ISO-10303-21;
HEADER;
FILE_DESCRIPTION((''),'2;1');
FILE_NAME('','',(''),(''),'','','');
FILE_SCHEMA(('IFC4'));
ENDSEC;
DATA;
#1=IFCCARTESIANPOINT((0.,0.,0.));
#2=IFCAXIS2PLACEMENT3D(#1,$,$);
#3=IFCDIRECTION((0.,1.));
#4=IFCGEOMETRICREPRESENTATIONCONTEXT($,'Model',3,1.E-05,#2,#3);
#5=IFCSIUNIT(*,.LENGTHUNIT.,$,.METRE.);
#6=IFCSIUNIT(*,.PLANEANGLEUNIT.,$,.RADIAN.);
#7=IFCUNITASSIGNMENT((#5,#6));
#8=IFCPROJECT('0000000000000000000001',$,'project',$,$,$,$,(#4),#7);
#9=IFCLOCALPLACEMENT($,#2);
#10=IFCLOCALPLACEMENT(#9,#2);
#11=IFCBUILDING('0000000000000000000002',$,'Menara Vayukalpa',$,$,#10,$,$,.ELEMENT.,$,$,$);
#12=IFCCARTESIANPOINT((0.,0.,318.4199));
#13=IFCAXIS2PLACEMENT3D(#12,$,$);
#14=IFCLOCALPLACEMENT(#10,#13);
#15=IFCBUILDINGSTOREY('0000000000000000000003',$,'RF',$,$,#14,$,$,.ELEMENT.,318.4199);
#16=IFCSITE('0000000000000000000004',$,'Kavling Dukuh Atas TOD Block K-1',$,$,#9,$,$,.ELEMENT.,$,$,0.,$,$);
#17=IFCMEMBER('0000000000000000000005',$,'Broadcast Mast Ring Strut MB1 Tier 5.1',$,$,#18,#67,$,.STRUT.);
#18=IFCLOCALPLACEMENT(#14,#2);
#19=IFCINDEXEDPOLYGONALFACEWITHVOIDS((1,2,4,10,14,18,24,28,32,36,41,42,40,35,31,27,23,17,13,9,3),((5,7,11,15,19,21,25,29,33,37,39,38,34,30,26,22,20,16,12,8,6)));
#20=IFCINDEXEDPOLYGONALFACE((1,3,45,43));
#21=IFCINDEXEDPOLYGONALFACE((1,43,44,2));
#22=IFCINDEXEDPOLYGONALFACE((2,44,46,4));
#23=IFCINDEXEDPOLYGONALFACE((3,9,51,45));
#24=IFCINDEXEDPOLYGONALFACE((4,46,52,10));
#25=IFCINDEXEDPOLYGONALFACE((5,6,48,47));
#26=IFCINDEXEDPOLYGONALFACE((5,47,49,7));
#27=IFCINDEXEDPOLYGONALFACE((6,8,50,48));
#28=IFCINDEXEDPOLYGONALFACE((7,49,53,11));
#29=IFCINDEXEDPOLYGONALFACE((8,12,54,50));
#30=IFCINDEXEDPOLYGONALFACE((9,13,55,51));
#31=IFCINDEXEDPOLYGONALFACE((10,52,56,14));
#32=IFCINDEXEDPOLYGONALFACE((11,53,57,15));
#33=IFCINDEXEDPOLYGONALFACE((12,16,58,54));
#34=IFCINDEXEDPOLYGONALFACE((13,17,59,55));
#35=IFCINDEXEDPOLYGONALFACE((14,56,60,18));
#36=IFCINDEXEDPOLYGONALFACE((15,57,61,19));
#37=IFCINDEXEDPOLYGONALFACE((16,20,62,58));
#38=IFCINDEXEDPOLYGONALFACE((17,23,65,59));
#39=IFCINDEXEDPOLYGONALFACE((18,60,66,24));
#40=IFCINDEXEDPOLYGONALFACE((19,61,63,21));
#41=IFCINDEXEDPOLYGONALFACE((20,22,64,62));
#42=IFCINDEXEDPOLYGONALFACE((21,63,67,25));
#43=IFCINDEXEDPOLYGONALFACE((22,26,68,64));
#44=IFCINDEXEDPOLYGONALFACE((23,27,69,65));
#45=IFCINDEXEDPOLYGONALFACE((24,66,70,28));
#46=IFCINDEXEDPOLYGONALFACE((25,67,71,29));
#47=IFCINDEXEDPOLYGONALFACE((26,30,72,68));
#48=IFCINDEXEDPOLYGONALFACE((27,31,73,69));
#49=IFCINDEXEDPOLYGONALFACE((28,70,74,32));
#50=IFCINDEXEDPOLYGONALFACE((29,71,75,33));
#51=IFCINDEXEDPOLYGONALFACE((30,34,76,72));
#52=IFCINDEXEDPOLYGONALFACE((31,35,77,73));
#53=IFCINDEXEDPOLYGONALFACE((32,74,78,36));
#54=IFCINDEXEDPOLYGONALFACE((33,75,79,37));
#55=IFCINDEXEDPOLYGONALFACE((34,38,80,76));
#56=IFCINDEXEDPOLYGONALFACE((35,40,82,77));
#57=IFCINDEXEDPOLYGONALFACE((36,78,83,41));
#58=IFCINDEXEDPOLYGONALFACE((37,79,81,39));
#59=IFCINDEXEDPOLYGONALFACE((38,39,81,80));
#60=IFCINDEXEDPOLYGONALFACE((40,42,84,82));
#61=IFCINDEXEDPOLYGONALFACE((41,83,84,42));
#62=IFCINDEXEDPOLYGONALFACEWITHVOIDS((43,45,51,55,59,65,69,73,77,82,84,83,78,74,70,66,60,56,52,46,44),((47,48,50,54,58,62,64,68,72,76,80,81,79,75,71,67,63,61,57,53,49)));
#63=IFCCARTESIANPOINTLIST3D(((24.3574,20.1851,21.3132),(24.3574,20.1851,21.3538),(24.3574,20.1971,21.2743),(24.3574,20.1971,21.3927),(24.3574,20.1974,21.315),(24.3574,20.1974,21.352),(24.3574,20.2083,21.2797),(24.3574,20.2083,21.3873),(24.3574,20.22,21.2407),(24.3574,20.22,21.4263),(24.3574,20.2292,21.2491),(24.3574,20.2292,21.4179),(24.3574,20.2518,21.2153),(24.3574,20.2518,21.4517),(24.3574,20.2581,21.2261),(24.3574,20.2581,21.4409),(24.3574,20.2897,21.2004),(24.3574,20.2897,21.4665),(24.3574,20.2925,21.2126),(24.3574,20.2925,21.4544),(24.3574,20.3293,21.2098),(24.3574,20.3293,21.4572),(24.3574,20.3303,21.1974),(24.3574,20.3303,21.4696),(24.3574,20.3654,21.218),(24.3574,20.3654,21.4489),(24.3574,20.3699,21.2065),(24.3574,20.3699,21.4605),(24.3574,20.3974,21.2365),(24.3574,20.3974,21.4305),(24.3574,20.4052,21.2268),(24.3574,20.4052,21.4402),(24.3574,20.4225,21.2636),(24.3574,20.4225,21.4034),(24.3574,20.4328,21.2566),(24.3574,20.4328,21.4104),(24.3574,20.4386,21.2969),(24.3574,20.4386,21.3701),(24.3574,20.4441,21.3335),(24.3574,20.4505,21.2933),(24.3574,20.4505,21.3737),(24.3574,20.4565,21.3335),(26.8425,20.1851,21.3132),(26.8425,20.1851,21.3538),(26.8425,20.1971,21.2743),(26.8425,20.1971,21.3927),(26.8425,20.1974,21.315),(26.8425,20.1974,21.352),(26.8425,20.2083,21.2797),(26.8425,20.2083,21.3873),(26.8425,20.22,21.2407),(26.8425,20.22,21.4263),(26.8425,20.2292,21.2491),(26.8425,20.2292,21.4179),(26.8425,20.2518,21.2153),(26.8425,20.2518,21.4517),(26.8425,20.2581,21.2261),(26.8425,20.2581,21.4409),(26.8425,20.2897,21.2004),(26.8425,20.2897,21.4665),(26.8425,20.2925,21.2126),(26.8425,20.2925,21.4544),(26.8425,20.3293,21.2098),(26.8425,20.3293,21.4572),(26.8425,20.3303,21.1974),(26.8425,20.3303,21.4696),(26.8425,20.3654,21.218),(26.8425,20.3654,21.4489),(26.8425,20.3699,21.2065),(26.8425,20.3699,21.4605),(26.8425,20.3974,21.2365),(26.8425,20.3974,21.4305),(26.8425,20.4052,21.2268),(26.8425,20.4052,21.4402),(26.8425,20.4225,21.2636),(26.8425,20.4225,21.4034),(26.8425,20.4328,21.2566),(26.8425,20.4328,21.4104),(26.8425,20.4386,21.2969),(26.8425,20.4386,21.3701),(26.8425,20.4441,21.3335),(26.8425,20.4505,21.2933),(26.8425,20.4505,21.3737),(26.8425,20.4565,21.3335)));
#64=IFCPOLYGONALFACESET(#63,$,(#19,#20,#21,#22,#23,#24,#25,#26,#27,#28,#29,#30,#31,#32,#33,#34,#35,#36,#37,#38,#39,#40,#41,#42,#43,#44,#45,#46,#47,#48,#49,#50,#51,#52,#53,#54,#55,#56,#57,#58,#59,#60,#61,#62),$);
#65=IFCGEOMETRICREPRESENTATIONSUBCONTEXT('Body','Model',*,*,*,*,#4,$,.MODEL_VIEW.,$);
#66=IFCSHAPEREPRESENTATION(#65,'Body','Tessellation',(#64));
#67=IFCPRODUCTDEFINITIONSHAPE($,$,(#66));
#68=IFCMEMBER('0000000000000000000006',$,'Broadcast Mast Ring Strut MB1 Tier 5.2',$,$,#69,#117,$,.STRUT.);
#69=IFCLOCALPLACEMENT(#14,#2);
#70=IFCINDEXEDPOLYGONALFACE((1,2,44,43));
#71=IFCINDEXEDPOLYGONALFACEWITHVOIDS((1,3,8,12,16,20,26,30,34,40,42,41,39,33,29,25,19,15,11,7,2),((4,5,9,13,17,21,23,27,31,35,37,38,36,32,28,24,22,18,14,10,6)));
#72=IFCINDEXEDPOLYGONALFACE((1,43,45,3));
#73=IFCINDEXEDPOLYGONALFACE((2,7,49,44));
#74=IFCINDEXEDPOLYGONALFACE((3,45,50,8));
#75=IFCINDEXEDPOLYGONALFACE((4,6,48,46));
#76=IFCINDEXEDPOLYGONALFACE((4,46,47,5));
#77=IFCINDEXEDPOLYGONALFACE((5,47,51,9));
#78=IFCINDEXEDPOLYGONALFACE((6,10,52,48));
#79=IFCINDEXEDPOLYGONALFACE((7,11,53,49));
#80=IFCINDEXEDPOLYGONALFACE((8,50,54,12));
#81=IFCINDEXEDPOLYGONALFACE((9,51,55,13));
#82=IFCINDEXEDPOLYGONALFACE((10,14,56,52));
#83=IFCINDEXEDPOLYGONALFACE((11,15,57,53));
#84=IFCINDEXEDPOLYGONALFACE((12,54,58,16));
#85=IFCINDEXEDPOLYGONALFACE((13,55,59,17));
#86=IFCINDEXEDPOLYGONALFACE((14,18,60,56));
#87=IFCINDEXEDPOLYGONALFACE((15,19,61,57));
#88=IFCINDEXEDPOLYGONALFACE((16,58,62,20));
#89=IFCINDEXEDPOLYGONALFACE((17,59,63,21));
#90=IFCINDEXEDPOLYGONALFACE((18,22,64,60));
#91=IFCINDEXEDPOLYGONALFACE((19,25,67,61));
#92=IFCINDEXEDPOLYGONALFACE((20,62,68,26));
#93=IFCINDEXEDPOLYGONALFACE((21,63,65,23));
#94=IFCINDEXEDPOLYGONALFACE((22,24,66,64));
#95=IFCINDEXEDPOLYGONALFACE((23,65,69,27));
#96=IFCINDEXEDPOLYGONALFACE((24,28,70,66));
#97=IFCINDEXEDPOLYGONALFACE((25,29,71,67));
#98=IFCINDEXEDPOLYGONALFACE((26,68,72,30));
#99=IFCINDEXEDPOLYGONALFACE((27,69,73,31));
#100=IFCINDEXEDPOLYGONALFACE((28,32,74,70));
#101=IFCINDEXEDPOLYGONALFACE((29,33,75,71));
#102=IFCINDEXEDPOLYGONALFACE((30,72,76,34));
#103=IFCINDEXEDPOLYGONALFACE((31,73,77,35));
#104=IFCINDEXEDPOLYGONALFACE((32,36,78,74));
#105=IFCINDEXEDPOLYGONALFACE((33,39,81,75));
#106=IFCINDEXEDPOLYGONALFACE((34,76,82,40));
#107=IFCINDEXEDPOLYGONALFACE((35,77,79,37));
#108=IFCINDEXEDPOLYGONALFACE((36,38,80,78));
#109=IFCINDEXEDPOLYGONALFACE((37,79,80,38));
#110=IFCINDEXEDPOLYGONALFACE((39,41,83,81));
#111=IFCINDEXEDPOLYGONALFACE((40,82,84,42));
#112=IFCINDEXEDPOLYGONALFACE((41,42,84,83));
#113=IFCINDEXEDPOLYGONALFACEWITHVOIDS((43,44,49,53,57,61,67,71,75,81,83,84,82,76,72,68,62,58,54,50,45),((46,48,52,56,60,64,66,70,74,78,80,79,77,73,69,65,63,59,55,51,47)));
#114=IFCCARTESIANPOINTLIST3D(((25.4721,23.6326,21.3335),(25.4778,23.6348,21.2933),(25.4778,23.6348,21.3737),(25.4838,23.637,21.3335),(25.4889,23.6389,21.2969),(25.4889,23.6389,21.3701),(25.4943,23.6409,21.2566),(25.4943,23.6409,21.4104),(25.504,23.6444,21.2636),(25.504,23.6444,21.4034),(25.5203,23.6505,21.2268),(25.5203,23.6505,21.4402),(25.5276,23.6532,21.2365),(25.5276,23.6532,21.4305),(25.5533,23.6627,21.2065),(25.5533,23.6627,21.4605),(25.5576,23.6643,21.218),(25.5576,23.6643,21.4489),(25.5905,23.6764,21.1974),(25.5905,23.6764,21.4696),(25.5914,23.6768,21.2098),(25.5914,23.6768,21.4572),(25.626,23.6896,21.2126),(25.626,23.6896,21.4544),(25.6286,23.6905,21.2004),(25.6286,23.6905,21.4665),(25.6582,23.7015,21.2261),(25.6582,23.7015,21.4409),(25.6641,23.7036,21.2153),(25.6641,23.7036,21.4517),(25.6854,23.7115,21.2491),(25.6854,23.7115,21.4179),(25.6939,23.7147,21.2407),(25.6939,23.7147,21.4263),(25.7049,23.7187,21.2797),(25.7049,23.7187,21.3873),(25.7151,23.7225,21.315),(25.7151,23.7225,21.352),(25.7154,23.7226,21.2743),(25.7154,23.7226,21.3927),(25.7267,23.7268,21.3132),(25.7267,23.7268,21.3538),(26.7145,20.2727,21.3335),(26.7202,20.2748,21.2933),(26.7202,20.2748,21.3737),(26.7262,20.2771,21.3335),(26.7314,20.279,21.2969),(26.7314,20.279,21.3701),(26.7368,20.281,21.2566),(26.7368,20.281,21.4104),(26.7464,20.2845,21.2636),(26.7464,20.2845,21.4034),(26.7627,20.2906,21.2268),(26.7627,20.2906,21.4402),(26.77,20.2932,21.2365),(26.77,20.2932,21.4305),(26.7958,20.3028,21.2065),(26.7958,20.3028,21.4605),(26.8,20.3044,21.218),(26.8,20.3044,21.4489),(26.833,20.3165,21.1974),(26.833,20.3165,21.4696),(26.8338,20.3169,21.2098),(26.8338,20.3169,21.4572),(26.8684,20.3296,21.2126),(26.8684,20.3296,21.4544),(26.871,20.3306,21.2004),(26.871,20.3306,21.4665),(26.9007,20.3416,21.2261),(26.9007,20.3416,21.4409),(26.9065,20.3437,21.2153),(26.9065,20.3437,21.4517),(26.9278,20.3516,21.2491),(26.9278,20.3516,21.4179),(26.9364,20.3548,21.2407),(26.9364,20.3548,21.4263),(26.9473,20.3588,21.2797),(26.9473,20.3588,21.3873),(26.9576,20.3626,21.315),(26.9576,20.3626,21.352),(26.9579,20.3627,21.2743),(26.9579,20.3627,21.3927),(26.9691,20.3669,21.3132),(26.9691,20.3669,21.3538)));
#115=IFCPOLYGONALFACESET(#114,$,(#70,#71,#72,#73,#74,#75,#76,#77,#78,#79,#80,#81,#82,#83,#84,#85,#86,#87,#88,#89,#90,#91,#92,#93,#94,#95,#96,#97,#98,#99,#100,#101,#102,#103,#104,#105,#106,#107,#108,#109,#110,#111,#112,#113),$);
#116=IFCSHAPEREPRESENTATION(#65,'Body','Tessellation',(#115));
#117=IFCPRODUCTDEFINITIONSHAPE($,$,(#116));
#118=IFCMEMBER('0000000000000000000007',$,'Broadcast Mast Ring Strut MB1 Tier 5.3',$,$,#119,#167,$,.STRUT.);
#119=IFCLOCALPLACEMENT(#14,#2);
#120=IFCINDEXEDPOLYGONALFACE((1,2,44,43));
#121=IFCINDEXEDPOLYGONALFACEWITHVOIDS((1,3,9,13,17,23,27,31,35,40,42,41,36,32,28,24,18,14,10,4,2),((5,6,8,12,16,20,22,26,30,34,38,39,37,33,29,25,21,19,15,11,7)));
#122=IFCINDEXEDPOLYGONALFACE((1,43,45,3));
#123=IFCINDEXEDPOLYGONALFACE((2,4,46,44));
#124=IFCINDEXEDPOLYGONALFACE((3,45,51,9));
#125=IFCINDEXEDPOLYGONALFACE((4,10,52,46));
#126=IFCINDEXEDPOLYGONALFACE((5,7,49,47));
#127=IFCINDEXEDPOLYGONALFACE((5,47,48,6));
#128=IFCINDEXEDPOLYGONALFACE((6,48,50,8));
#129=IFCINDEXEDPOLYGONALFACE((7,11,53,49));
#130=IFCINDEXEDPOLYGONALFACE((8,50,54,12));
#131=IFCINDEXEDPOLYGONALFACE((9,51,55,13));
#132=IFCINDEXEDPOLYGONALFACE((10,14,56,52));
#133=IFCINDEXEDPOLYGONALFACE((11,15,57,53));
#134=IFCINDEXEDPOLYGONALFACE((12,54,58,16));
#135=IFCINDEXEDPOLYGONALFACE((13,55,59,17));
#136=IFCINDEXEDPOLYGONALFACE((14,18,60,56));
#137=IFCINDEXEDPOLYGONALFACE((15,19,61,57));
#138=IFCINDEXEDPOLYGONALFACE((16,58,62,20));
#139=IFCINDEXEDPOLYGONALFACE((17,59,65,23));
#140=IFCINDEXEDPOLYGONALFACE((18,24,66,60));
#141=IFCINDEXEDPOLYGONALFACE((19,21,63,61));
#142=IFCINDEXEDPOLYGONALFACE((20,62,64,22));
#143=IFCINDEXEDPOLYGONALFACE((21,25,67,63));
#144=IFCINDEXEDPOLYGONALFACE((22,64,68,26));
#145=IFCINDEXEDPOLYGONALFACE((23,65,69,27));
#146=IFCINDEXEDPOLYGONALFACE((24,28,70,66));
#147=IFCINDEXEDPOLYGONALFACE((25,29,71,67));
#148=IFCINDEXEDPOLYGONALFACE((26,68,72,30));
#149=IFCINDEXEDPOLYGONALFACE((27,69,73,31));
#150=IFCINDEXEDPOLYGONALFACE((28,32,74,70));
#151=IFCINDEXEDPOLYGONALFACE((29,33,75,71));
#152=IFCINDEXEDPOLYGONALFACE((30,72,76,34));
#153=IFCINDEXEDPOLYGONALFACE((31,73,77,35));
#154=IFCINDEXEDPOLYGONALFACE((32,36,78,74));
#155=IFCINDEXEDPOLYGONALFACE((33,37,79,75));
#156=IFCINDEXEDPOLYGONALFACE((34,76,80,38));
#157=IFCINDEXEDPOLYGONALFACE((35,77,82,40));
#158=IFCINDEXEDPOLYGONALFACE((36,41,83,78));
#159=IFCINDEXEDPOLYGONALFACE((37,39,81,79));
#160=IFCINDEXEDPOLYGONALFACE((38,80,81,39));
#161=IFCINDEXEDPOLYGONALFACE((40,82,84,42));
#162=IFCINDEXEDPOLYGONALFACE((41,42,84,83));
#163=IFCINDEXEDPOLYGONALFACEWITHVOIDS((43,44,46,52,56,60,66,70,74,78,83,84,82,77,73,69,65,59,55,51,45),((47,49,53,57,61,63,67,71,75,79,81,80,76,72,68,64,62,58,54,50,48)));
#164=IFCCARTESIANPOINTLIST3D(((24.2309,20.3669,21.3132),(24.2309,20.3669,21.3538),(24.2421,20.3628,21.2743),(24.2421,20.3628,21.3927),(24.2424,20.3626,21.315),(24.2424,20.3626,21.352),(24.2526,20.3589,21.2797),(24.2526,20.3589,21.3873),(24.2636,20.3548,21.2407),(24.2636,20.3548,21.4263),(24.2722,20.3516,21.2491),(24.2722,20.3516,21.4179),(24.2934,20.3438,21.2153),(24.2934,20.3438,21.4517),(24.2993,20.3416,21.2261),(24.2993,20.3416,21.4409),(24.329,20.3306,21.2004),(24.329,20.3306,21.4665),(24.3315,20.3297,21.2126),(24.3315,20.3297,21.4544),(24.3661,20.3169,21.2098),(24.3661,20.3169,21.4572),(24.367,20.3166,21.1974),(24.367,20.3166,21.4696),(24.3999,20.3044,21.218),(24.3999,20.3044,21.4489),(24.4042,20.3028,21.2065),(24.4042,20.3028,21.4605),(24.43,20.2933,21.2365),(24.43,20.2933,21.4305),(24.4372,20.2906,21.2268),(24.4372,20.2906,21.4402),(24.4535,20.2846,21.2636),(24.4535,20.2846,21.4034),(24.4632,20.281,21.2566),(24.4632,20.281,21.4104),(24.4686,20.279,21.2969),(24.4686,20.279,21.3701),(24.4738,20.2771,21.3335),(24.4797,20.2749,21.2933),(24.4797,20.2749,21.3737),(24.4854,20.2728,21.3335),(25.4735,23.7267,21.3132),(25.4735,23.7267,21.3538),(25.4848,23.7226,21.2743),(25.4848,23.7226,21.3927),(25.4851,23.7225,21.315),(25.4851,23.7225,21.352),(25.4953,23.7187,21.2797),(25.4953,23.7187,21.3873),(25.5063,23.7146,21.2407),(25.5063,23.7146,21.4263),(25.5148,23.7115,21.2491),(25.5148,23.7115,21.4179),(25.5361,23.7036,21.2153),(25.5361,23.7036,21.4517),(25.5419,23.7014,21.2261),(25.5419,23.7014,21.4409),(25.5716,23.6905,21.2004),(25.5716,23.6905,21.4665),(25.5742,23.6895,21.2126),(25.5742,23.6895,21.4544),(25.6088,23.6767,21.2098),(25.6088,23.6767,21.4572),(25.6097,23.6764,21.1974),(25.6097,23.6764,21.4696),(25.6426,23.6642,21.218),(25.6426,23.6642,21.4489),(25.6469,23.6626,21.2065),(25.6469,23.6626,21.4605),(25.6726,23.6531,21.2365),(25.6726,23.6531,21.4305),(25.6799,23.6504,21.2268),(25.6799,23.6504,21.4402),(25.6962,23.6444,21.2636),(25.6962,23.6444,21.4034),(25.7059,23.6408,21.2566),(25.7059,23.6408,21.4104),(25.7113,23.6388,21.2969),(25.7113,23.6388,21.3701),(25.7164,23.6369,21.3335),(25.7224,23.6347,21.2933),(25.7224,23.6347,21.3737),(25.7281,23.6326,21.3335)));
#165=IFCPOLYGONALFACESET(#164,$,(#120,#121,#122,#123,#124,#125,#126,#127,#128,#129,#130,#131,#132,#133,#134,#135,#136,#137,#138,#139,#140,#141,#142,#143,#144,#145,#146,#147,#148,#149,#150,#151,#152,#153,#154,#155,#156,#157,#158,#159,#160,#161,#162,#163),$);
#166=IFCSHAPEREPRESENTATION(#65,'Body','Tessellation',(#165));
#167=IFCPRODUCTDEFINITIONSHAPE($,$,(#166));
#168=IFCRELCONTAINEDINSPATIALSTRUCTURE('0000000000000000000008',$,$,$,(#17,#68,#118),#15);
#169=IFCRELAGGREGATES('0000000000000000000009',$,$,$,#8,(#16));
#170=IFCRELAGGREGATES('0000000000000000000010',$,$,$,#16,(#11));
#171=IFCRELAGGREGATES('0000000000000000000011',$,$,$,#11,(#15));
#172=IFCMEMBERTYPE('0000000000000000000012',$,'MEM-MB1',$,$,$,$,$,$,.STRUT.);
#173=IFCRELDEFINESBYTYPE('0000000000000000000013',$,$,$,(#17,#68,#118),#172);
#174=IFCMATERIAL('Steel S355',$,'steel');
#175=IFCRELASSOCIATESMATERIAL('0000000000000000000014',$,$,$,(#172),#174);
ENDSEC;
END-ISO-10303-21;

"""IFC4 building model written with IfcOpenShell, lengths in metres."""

from ifc_helpers import new_model, si_unit, direction, frame, origin, origin_2d, place, context, subcontext, project, spatial, hollow_circle, extrude, material, material_profile, profile_set, type_object, element, save


model = new_model("IFC4")

# Units and contexts
model_context = context("Model", 3, precision=1e-05, world=origin(), true_north=direction((0.0, 1.0)))
body_context = subcontext(model_context, "Body", "Model", "MODEL_VIEW")
ifc_project = project(units=[si_unit("LENGTHUNIT", "METRE"), si_unit("PLANEANGLEUNIT", "RADIAN")], contexts=[model_context])

# Site, building, storey
site_placement = place(None, origin())
site = spatial("IfcSite", under=ifc_project, at=site_placement, Name="Kavling Dukuh Atas TOD Block K-1", CompositionType="ELEMENT", RefElevation=0.0)
building_placement = place(site_placement, origin())
building = spatial("IfcBuilding", under=site, at=building_placement, Name="Menara Vayukalpa", CompositionType="ELEMENT")
storey_placement = place(building_placement, frame((0.0, 0.0, 318.4199)))
storey = spatial("IfcBuildingStorey", under=building, at=storey_placement, Name="RF", CompositionType="ELEMENT", Elevation=318.4199)

# Members
ifc_material_1 = material(Name="Steel S355", Category="steel")
ifc_material_profile_1 = material_profile(ifc_material_1, hollow_circle(Radius=0.1365, WallThickness=0.0125, at=origin_2d()), Name="CHS 273.0x12.5")
ifc_profile_set_1 = profile_set([ifc_material_profile_1], Name="Steel S355")
member_type_1 = type_object("IfcMemberType", Name="MEM-MB1", PredefinedType="STRUT", material=ifc_profile_set_1)
member_1_placement = place(storey_placement, frame((24.3574, 20.3201, 21.3335), z_axis=(1.0, 0.0, 0.0), x_axis=(0.0, 1.0, 0.0)))
element("IfcMember", 1, at=member_1_placement, inside=storey, type_object=member_type_1, Name="Broadcast Mast Ring Strut MB1 Tier 5.1", PredefinedType="STRUT", context=body_context, shape_type="SweptSolid", body=[
    extrude(hollow_circle(Radius=0.1365, WallThickness=0.0125, at=origin_2d()), origin(), (0.0, 0.0, 1.0), 2.4851),
])
for number, where, z_axis, x_axis, name in (
    (2, (26.8425, 20.3201, 21.3335), (-0.346833, 0.937927, 0.0), (-0.937927, -0.346833, 0.0), "Broadcast Mast Ring Strut MB1 Tier 5.2"),
    (3, (25.6001, 23.6799, 21.3335), (-0.346893, -0.937905, 0.0), (0.937905, -0.346893, 0.0), "Broadcast Mast Ring Strut MB1 Tier 5.3"),
):
    element("IfcMember", number, at=place(storey_placement, frame(where, z_axis=z_axis, x_axis=x_axis)), inside=storey, type_object=member_type_1, Name=name, PredefinedType="STRUT", context=body_context, shape_type="SweptSolid", body=[
        extrude(hollow_circle(Radius=0.1365, WallThickness=0.0125, at=origin_2d()), origin(), (0.0, 0.0, 1.0), 3.5823),
    ])

save(model, "model.ifc")
